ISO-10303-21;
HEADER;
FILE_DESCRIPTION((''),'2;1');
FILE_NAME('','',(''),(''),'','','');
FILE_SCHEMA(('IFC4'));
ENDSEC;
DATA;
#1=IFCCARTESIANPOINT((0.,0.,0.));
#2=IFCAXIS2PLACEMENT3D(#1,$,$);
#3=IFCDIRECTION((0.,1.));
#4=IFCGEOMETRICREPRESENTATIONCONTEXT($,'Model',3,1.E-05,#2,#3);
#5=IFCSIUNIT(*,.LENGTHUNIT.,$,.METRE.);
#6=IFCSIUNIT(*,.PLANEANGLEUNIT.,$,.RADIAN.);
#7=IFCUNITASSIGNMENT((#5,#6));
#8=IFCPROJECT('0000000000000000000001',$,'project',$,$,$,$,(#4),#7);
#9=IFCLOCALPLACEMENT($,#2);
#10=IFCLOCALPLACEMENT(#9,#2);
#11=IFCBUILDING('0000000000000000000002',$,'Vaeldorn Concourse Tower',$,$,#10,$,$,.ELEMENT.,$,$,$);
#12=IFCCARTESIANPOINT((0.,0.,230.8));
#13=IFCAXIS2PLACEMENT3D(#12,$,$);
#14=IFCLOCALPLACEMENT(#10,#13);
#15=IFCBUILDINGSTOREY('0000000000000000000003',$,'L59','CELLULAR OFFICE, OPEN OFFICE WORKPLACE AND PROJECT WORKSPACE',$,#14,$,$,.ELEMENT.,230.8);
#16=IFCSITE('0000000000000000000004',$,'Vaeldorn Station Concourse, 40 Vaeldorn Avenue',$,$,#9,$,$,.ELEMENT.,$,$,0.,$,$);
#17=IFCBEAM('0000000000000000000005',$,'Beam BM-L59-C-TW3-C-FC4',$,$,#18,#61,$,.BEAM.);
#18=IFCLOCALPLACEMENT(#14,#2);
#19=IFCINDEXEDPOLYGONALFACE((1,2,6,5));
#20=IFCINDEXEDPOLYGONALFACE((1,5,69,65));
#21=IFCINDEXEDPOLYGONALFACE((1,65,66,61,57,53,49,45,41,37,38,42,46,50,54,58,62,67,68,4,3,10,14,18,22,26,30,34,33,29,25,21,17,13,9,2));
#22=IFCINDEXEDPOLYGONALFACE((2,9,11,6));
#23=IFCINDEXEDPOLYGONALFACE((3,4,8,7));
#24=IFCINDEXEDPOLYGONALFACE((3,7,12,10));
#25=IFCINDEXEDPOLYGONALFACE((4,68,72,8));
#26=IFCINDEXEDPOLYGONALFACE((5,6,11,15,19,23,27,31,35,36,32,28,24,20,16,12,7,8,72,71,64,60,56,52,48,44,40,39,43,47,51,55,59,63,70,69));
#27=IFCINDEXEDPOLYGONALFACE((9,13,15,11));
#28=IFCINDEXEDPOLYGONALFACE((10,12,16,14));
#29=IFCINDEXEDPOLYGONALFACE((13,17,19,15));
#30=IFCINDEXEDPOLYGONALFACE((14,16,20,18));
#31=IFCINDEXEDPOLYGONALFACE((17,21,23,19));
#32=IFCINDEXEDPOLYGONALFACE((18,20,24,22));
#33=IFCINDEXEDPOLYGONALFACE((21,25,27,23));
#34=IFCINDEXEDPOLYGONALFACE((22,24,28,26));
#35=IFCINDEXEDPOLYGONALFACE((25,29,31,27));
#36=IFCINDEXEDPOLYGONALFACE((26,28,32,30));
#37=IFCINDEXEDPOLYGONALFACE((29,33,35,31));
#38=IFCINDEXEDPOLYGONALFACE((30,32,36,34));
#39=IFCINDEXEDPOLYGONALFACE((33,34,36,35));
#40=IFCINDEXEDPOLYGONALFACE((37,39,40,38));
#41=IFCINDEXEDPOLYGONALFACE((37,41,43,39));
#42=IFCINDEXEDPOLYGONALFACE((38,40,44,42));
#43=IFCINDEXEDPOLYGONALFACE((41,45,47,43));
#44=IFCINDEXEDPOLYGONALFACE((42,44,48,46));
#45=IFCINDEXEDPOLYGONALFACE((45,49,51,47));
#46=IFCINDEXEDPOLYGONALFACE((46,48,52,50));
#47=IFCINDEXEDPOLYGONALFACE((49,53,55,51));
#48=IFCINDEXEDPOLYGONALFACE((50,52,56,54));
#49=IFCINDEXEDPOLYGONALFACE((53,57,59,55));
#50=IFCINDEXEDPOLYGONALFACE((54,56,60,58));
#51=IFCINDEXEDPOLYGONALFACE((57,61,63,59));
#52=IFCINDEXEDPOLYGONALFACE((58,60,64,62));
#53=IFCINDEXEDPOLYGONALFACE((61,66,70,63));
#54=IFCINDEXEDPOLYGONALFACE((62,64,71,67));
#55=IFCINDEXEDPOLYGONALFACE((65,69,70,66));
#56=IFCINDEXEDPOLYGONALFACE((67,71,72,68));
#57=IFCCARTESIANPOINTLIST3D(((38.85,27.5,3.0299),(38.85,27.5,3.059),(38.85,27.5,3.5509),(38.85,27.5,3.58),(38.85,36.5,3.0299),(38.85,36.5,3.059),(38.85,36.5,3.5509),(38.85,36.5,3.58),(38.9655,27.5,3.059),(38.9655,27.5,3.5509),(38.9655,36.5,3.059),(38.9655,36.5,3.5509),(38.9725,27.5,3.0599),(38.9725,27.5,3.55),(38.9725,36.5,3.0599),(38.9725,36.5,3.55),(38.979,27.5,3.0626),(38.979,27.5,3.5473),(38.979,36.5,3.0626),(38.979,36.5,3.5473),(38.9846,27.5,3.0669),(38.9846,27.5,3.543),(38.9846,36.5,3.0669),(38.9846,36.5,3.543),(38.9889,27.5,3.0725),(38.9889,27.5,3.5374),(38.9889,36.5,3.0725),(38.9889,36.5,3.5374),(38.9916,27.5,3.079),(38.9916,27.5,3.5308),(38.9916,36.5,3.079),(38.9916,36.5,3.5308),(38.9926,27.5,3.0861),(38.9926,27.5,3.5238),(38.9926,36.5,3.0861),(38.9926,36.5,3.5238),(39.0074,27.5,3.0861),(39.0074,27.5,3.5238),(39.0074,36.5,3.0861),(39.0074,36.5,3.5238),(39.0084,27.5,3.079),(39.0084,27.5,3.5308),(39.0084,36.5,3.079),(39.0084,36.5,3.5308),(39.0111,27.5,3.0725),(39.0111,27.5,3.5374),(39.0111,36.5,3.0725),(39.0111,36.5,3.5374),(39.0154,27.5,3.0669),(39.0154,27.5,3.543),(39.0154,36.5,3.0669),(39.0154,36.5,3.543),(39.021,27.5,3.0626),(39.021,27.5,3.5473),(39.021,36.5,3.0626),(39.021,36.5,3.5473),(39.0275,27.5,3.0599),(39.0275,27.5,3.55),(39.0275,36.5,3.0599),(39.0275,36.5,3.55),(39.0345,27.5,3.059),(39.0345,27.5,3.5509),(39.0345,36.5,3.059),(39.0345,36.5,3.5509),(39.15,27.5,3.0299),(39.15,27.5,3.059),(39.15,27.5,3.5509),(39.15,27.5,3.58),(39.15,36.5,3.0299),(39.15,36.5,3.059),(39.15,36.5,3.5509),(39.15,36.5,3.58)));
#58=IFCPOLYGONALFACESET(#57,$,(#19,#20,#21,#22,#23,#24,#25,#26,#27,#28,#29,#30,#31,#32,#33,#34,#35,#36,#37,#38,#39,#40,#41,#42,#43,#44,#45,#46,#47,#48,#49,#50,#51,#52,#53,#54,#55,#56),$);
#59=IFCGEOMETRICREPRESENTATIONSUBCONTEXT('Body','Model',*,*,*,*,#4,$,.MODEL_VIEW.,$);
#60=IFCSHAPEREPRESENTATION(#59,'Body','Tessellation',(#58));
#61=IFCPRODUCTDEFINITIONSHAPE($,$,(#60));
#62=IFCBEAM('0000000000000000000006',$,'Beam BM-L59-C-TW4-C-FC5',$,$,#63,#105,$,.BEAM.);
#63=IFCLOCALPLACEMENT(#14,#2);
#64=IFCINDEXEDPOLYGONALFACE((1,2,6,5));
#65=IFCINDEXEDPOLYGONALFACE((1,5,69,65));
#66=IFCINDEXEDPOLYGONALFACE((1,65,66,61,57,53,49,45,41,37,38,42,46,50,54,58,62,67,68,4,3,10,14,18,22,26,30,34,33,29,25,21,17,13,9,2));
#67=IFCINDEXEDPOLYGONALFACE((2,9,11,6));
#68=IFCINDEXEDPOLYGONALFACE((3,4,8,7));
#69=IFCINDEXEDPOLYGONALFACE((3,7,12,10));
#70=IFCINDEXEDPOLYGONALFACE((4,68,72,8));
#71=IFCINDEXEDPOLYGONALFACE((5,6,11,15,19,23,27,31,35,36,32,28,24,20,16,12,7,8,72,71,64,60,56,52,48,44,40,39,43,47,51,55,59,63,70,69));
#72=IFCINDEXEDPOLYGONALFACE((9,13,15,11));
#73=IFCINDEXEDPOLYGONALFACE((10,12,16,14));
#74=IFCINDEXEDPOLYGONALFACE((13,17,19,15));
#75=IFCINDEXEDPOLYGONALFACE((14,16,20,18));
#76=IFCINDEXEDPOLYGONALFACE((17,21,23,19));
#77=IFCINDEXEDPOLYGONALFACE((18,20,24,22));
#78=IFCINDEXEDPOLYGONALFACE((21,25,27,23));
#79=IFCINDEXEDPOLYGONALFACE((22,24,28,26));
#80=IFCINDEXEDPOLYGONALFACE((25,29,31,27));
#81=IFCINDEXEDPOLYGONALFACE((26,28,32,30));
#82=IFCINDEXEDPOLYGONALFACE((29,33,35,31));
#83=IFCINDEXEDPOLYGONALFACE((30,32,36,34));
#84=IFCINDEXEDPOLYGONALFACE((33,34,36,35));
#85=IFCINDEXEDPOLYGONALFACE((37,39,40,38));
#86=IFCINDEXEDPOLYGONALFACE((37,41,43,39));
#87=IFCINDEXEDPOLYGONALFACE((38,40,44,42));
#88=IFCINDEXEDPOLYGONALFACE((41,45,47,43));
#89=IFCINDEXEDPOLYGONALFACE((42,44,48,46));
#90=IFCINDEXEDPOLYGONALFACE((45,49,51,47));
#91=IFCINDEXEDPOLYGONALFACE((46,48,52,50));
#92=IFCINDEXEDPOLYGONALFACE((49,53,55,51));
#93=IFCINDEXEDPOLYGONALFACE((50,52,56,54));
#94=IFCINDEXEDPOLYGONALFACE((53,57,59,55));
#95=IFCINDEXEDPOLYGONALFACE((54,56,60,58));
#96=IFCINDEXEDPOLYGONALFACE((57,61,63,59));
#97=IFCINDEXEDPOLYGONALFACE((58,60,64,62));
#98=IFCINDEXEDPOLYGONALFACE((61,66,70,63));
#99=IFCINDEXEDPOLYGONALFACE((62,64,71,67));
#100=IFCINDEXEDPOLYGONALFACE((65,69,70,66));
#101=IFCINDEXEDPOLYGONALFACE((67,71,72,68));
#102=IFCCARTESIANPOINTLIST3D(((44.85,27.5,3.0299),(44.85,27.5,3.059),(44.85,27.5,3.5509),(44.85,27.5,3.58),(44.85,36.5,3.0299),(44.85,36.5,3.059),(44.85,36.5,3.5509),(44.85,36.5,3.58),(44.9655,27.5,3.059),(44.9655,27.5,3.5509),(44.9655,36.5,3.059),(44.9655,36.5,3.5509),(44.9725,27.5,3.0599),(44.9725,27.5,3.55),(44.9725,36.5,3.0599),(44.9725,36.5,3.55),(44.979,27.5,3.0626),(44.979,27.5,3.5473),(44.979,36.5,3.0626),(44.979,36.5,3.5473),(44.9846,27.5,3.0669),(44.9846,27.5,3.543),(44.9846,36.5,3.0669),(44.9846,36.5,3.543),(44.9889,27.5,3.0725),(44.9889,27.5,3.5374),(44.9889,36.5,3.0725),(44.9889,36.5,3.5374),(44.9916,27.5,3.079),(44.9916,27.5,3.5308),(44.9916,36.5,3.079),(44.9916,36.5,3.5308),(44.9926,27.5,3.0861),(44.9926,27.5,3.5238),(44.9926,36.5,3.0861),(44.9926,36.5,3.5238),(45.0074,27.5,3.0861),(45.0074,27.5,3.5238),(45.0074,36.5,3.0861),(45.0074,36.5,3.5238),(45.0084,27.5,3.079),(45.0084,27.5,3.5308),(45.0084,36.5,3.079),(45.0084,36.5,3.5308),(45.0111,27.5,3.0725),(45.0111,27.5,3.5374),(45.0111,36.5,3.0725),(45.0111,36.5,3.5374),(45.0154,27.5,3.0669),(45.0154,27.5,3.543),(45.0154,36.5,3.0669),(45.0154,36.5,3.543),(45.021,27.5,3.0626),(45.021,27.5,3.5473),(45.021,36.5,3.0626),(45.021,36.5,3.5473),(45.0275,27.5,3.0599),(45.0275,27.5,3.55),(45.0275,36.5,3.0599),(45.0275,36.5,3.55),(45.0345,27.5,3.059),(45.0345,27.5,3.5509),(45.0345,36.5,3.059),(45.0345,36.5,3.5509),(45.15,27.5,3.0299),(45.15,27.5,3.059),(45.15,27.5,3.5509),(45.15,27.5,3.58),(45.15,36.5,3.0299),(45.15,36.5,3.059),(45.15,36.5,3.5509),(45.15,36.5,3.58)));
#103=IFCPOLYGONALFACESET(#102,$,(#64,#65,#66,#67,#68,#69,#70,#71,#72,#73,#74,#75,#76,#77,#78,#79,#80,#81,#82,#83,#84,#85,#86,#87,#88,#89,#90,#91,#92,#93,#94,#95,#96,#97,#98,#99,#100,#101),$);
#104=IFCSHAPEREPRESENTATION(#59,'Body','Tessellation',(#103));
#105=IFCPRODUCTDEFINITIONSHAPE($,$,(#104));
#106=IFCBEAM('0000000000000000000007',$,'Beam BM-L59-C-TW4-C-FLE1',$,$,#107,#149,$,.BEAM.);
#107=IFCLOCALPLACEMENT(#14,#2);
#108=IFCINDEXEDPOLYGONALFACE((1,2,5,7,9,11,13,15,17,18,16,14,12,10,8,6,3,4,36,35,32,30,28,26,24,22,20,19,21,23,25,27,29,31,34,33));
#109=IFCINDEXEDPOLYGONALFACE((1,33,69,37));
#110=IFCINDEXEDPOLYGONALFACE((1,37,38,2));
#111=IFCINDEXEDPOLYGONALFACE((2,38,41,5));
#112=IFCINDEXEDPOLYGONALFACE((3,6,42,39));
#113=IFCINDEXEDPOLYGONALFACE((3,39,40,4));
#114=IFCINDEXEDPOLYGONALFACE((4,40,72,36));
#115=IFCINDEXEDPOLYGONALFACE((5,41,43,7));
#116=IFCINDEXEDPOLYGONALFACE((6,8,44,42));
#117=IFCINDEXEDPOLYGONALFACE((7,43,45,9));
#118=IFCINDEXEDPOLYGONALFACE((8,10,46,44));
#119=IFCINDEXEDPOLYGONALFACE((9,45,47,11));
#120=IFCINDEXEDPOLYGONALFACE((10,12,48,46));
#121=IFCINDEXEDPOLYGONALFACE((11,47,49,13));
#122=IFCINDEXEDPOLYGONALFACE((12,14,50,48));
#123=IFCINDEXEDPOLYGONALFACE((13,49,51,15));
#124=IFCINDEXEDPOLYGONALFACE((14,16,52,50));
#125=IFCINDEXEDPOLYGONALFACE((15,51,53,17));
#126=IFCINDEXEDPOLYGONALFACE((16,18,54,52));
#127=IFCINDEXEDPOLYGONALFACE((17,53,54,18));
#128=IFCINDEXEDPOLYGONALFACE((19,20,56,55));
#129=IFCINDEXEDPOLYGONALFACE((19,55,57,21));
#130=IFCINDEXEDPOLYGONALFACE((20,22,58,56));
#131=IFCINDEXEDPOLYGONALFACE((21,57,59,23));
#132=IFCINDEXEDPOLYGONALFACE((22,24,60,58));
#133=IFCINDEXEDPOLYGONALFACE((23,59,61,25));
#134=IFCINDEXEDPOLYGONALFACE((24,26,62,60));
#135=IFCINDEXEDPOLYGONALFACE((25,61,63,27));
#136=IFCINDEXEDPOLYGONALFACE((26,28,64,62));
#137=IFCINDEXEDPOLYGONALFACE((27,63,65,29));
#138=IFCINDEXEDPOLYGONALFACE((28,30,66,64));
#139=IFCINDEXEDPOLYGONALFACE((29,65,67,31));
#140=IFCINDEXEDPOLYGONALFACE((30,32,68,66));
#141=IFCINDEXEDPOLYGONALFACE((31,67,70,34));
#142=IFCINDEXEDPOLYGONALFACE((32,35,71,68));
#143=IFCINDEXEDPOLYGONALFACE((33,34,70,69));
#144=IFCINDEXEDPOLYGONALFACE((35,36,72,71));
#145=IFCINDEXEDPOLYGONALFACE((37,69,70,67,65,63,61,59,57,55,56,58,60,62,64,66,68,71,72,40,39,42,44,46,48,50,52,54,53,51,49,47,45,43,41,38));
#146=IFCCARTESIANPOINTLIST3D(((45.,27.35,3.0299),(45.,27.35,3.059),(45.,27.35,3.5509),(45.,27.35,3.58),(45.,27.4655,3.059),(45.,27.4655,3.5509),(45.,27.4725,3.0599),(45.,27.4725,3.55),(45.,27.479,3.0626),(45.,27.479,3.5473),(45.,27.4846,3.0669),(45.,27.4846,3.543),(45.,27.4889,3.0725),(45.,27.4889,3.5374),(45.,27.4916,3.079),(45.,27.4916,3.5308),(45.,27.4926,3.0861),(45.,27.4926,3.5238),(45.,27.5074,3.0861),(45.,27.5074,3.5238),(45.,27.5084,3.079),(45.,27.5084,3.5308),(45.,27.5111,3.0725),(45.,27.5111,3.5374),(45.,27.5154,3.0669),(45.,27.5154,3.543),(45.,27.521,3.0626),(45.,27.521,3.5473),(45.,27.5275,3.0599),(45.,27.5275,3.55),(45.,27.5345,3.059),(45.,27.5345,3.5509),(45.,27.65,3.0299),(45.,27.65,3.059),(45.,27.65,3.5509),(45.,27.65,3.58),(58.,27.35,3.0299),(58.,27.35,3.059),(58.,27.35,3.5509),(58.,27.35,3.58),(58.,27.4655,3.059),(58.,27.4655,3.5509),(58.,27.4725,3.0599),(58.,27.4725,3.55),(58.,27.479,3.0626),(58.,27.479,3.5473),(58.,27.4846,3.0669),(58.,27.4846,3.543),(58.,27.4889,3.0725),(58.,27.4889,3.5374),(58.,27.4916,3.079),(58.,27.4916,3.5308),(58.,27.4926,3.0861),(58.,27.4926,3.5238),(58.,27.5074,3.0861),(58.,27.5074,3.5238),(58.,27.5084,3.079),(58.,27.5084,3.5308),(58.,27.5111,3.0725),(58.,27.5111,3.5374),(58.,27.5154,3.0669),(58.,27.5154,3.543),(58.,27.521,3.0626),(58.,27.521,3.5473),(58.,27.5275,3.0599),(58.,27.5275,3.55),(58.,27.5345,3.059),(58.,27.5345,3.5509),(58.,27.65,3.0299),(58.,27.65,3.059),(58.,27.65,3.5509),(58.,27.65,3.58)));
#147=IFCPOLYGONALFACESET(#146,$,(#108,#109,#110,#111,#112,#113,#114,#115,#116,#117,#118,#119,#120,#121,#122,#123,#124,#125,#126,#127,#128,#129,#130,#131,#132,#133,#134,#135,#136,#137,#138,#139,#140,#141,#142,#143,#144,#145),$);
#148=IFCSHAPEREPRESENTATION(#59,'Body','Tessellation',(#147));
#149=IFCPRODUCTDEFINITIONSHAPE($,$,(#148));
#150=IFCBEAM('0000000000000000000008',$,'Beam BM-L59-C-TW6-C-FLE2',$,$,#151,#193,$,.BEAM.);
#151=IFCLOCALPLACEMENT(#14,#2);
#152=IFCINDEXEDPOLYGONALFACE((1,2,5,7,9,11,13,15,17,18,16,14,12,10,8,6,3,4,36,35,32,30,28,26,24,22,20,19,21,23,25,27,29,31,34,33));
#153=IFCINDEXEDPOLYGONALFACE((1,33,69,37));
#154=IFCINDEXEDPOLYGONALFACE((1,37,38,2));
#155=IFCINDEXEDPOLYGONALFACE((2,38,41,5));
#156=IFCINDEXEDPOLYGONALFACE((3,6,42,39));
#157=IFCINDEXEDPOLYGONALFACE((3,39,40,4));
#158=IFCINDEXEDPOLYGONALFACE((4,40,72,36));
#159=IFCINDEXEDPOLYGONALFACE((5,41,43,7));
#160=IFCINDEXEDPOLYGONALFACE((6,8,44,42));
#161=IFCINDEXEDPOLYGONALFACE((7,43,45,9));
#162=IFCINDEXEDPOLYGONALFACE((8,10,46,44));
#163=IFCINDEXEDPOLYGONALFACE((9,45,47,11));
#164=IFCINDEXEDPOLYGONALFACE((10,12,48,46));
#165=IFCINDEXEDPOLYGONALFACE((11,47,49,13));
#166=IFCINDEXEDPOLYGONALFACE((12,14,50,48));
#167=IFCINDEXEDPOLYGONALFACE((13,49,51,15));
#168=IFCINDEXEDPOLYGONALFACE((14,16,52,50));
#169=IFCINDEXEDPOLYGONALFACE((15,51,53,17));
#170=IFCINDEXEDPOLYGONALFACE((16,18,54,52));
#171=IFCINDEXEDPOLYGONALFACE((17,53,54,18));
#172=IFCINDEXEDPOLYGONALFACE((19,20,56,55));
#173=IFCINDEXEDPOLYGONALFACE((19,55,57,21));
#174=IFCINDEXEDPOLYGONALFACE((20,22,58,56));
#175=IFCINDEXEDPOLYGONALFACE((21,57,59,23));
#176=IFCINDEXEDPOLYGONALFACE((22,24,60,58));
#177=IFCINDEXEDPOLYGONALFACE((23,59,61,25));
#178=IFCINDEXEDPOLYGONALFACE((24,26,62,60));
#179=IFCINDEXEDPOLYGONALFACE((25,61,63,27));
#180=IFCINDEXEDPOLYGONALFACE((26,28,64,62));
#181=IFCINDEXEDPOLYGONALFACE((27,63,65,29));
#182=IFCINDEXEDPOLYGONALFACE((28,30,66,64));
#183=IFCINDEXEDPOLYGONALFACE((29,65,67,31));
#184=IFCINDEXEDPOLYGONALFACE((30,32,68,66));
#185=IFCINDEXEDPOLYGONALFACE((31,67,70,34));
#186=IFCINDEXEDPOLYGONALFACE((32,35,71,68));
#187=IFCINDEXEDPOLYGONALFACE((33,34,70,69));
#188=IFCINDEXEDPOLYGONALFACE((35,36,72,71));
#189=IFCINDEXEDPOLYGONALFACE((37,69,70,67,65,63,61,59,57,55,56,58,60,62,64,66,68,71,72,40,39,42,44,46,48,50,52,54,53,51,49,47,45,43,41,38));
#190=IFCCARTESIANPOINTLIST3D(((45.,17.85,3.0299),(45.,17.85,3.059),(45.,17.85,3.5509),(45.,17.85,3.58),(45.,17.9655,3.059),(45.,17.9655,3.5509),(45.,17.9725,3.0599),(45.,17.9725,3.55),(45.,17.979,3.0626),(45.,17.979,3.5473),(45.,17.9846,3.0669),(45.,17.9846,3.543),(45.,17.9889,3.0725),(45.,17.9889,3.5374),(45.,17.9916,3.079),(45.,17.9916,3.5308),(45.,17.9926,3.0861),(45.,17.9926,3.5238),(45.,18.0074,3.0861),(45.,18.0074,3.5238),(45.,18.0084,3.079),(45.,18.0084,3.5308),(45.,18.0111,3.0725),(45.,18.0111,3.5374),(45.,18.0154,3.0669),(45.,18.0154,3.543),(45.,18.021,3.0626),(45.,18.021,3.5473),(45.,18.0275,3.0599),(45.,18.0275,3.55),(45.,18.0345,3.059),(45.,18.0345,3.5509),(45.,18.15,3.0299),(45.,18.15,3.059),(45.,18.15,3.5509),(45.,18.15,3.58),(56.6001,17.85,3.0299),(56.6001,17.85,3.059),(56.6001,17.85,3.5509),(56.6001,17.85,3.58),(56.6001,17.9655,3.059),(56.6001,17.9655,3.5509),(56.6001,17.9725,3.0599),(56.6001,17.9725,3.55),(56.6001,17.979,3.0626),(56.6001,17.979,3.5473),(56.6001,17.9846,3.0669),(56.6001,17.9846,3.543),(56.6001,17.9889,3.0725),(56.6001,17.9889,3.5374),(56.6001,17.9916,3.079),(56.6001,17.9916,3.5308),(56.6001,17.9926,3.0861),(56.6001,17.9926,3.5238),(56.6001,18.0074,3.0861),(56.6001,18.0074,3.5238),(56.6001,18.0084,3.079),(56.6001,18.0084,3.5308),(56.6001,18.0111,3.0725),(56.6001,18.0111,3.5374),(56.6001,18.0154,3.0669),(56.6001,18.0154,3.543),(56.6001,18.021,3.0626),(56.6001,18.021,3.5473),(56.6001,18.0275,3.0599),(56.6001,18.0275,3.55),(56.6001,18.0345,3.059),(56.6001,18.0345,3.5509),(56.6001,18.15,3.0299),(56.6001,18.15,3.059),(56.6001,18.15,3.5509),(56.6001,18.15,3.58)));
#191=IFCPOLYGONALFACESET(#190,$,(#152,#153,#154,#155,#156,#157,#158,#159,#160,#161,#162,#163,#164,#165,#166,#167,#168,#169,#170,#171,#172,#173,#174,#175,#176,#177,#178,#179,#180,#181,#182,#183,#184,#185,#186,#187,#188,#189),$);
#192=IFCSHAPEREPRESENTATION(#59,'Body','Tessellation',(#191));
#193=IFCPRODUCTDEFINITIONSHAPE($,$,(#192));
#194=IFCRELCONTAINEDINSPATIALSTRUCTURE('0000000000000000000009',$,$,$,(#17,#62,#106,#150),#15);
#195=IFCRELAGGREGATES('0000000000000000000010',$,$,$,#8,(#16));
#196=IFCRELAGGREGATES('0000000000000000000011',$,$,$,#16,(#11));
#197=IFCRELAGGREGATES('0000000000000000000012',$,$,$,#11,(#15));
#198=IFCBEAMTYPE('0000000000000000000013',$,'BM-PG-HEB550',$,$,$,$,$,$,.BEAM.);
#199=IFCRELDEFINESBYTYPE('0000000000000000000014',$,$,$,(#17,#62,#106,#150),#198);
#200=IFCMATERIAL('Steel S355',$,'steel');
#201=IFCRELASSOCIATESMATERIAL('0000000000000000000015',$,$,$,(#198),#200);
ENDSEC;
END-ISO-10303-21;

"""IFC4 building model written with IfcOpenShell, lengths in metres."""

from ifc_helpers import new_model, si_unit, direction, frame, origin, origin_2d, place, context, subcontext, project, spatial, i_section, extrude, source, transform, mapped, material, material_profile, profile_set, type_object, element, save


model = new_model("IFC4")

# Units and contexts
model_context = context("Model", 3, precision=1e-05, world=origin(), true_north=direction((0.0, 1.0)))
body_context = subcontext(model_context, "Body", "Model", "MODEL_VIEW")
ifc_project = project(units=[si_unit("LENGTHUNIT", "METRE"), si_unit("PLANEANGLEUNIT", "RADIAN")], contexts=[model_context])

# Site, building, storey
site_placement = place(None, origin())
site = spatial("IfcSite", under=ifc_project, at=site_placement, Name="Vaeldorn Station Concourse, 40 Vaeldorn Avenue", CompositionType="ELEMENT", RefElevation=0.0)
building_placement = place(site_placement, origin())
building = spatial("IfcBuilding", under=site, at=building_placement, Name="Vaeldorn Concourse Tower", CompositionType="ELEMENT")
storey_placement = place(building_placement, frame((0.0, 0.0, 230.8)))
storey = spatial("IfcBuildingStorey", under=building, at=storey_placement, Name="L59", Description="CELLULAR OFFICE, OPEN OFFICE WORKPLACE AND PROJECT WORKSPACE", CompositionType="ELEMENT", Elevation=230.8)

# Shared definitions
ifc_material_1 = material(Name="Steel S355", Category="steel")

# Beams
ifc_material_profile_1 = material_profile(ifc_material_1, i_section(OverallWidth=0.3, OverallDepth=0.55, WebThickness=0.0149, FlangeThickness=0.0291, FilletRadius=0.0271, at=origin_2d()), Name="HEB 550")
ifc_profile_set_1 = profile_set([ifc_material_profile_1], Name="Steel S355")
beam_type_1 = type_object("IfcBeamType", Name="BM-PG-HEB550", PredefinedType="BEAM", material=ifc_profile_set_1)
shared_shape_1 = source(origin(), body_context, "Body", "SweptSolid", [
    extrude(i_section(OverallWidth=0.3, OverallDepth=0.55, WebThickness=0.0149, FlangeThickness=0.0291, FilletRadius=0.0271, at=origin_2d()), origin(), (0.0, 0.0, 1.0), 9.0),
])
for number, where, z_axis, x_axis, name in (
    (1, (39.0, 27.5, 3.3049), (0.0, 1.0, 0.0), (-1.0, 0.0, 0.0), "Beam BM-L59-C-TW3-C-FC4"),
    (2, (45.0, 27.5, 3.3049), (0.0, 1.0, 0.0), (-1.0, 0.0, 0.0), "Beam BM-L59-C-TW4-C-FC5"),
):
    element("IfcBeam", number, at=place(storey_placement, frame(where, z_axis=z_axis, x_axis=x_axis)), inside=storey, type_object=beam_type_1, Name=name, PredefinedType="BEAM", context=body_context, shape_type="MappedRepresentation", body=[
        mapped(shared_shape_1, transform((0.0, 0.0, 0.0), scale=1.0)),
    ])
shared_shape_2 = source(origin(), body_context, "Body", "SweptSolid", [
    extrude(i_section(OverallWidth=0.3, OverallDepth=0.55, WebThickness=0.0149, FlangeThickness=0.0291, FilletRadius=0.0271, at=origin_2d()), origin(), (0.0, 0.0, 1.0), 13.0),
])
beam_1_placement = place(storey_placement, frame((45.0, 27.5, 3.3049), z_axis=(1.0, 0.0, 0.0), x_axis=(0.0, 1.0, 0.0)))
element("IfcBeam", 3, at=beam_1_placement, inside=storey, type_object=beam_type_1, Name="Beam BM-L59-C-TW4-C-FLE1", PredefinedType="BEAM", context=body_context, shape_type="MappedRepresentation", body=[
    mapped(shared_shape_2, transform((0.0, 0.0, 0.0), scale=1.0)),
])
shared_shape_3 = source(origin(), body_context, "Body", "SweptSolid", [
    extrude(i_section(OverallWidth=0.3, OverallDepth=0.55, WebThickness=0.0149, FlangeThickness=0.0291, FilletRadius=0.0271, at=origin_2d()), origin(), (0.0, 0.0, 1.0), 11.6001),
])
beam_2_placement = place(storey_placement, frame((45.0, 18.0, 3.3049), z_axis=(1.0, 0.0, 0.0), x_axis=(0.0, 1.0, 0.0)))
element("IfcBeam", 4, at=beam_2_placement, inside=storey, type_object=beam_type_1, Name="Beam BM-L59-C-TW6-C-FLE2", PredefinedType="BEAM", context=body_context, shape_type="MappedRepresentation", body=[
    mapped(shared_shape_3, transform((0.0, 0.0, 0.0), scale=1.0)),
])

save(model, "model.ifc")
